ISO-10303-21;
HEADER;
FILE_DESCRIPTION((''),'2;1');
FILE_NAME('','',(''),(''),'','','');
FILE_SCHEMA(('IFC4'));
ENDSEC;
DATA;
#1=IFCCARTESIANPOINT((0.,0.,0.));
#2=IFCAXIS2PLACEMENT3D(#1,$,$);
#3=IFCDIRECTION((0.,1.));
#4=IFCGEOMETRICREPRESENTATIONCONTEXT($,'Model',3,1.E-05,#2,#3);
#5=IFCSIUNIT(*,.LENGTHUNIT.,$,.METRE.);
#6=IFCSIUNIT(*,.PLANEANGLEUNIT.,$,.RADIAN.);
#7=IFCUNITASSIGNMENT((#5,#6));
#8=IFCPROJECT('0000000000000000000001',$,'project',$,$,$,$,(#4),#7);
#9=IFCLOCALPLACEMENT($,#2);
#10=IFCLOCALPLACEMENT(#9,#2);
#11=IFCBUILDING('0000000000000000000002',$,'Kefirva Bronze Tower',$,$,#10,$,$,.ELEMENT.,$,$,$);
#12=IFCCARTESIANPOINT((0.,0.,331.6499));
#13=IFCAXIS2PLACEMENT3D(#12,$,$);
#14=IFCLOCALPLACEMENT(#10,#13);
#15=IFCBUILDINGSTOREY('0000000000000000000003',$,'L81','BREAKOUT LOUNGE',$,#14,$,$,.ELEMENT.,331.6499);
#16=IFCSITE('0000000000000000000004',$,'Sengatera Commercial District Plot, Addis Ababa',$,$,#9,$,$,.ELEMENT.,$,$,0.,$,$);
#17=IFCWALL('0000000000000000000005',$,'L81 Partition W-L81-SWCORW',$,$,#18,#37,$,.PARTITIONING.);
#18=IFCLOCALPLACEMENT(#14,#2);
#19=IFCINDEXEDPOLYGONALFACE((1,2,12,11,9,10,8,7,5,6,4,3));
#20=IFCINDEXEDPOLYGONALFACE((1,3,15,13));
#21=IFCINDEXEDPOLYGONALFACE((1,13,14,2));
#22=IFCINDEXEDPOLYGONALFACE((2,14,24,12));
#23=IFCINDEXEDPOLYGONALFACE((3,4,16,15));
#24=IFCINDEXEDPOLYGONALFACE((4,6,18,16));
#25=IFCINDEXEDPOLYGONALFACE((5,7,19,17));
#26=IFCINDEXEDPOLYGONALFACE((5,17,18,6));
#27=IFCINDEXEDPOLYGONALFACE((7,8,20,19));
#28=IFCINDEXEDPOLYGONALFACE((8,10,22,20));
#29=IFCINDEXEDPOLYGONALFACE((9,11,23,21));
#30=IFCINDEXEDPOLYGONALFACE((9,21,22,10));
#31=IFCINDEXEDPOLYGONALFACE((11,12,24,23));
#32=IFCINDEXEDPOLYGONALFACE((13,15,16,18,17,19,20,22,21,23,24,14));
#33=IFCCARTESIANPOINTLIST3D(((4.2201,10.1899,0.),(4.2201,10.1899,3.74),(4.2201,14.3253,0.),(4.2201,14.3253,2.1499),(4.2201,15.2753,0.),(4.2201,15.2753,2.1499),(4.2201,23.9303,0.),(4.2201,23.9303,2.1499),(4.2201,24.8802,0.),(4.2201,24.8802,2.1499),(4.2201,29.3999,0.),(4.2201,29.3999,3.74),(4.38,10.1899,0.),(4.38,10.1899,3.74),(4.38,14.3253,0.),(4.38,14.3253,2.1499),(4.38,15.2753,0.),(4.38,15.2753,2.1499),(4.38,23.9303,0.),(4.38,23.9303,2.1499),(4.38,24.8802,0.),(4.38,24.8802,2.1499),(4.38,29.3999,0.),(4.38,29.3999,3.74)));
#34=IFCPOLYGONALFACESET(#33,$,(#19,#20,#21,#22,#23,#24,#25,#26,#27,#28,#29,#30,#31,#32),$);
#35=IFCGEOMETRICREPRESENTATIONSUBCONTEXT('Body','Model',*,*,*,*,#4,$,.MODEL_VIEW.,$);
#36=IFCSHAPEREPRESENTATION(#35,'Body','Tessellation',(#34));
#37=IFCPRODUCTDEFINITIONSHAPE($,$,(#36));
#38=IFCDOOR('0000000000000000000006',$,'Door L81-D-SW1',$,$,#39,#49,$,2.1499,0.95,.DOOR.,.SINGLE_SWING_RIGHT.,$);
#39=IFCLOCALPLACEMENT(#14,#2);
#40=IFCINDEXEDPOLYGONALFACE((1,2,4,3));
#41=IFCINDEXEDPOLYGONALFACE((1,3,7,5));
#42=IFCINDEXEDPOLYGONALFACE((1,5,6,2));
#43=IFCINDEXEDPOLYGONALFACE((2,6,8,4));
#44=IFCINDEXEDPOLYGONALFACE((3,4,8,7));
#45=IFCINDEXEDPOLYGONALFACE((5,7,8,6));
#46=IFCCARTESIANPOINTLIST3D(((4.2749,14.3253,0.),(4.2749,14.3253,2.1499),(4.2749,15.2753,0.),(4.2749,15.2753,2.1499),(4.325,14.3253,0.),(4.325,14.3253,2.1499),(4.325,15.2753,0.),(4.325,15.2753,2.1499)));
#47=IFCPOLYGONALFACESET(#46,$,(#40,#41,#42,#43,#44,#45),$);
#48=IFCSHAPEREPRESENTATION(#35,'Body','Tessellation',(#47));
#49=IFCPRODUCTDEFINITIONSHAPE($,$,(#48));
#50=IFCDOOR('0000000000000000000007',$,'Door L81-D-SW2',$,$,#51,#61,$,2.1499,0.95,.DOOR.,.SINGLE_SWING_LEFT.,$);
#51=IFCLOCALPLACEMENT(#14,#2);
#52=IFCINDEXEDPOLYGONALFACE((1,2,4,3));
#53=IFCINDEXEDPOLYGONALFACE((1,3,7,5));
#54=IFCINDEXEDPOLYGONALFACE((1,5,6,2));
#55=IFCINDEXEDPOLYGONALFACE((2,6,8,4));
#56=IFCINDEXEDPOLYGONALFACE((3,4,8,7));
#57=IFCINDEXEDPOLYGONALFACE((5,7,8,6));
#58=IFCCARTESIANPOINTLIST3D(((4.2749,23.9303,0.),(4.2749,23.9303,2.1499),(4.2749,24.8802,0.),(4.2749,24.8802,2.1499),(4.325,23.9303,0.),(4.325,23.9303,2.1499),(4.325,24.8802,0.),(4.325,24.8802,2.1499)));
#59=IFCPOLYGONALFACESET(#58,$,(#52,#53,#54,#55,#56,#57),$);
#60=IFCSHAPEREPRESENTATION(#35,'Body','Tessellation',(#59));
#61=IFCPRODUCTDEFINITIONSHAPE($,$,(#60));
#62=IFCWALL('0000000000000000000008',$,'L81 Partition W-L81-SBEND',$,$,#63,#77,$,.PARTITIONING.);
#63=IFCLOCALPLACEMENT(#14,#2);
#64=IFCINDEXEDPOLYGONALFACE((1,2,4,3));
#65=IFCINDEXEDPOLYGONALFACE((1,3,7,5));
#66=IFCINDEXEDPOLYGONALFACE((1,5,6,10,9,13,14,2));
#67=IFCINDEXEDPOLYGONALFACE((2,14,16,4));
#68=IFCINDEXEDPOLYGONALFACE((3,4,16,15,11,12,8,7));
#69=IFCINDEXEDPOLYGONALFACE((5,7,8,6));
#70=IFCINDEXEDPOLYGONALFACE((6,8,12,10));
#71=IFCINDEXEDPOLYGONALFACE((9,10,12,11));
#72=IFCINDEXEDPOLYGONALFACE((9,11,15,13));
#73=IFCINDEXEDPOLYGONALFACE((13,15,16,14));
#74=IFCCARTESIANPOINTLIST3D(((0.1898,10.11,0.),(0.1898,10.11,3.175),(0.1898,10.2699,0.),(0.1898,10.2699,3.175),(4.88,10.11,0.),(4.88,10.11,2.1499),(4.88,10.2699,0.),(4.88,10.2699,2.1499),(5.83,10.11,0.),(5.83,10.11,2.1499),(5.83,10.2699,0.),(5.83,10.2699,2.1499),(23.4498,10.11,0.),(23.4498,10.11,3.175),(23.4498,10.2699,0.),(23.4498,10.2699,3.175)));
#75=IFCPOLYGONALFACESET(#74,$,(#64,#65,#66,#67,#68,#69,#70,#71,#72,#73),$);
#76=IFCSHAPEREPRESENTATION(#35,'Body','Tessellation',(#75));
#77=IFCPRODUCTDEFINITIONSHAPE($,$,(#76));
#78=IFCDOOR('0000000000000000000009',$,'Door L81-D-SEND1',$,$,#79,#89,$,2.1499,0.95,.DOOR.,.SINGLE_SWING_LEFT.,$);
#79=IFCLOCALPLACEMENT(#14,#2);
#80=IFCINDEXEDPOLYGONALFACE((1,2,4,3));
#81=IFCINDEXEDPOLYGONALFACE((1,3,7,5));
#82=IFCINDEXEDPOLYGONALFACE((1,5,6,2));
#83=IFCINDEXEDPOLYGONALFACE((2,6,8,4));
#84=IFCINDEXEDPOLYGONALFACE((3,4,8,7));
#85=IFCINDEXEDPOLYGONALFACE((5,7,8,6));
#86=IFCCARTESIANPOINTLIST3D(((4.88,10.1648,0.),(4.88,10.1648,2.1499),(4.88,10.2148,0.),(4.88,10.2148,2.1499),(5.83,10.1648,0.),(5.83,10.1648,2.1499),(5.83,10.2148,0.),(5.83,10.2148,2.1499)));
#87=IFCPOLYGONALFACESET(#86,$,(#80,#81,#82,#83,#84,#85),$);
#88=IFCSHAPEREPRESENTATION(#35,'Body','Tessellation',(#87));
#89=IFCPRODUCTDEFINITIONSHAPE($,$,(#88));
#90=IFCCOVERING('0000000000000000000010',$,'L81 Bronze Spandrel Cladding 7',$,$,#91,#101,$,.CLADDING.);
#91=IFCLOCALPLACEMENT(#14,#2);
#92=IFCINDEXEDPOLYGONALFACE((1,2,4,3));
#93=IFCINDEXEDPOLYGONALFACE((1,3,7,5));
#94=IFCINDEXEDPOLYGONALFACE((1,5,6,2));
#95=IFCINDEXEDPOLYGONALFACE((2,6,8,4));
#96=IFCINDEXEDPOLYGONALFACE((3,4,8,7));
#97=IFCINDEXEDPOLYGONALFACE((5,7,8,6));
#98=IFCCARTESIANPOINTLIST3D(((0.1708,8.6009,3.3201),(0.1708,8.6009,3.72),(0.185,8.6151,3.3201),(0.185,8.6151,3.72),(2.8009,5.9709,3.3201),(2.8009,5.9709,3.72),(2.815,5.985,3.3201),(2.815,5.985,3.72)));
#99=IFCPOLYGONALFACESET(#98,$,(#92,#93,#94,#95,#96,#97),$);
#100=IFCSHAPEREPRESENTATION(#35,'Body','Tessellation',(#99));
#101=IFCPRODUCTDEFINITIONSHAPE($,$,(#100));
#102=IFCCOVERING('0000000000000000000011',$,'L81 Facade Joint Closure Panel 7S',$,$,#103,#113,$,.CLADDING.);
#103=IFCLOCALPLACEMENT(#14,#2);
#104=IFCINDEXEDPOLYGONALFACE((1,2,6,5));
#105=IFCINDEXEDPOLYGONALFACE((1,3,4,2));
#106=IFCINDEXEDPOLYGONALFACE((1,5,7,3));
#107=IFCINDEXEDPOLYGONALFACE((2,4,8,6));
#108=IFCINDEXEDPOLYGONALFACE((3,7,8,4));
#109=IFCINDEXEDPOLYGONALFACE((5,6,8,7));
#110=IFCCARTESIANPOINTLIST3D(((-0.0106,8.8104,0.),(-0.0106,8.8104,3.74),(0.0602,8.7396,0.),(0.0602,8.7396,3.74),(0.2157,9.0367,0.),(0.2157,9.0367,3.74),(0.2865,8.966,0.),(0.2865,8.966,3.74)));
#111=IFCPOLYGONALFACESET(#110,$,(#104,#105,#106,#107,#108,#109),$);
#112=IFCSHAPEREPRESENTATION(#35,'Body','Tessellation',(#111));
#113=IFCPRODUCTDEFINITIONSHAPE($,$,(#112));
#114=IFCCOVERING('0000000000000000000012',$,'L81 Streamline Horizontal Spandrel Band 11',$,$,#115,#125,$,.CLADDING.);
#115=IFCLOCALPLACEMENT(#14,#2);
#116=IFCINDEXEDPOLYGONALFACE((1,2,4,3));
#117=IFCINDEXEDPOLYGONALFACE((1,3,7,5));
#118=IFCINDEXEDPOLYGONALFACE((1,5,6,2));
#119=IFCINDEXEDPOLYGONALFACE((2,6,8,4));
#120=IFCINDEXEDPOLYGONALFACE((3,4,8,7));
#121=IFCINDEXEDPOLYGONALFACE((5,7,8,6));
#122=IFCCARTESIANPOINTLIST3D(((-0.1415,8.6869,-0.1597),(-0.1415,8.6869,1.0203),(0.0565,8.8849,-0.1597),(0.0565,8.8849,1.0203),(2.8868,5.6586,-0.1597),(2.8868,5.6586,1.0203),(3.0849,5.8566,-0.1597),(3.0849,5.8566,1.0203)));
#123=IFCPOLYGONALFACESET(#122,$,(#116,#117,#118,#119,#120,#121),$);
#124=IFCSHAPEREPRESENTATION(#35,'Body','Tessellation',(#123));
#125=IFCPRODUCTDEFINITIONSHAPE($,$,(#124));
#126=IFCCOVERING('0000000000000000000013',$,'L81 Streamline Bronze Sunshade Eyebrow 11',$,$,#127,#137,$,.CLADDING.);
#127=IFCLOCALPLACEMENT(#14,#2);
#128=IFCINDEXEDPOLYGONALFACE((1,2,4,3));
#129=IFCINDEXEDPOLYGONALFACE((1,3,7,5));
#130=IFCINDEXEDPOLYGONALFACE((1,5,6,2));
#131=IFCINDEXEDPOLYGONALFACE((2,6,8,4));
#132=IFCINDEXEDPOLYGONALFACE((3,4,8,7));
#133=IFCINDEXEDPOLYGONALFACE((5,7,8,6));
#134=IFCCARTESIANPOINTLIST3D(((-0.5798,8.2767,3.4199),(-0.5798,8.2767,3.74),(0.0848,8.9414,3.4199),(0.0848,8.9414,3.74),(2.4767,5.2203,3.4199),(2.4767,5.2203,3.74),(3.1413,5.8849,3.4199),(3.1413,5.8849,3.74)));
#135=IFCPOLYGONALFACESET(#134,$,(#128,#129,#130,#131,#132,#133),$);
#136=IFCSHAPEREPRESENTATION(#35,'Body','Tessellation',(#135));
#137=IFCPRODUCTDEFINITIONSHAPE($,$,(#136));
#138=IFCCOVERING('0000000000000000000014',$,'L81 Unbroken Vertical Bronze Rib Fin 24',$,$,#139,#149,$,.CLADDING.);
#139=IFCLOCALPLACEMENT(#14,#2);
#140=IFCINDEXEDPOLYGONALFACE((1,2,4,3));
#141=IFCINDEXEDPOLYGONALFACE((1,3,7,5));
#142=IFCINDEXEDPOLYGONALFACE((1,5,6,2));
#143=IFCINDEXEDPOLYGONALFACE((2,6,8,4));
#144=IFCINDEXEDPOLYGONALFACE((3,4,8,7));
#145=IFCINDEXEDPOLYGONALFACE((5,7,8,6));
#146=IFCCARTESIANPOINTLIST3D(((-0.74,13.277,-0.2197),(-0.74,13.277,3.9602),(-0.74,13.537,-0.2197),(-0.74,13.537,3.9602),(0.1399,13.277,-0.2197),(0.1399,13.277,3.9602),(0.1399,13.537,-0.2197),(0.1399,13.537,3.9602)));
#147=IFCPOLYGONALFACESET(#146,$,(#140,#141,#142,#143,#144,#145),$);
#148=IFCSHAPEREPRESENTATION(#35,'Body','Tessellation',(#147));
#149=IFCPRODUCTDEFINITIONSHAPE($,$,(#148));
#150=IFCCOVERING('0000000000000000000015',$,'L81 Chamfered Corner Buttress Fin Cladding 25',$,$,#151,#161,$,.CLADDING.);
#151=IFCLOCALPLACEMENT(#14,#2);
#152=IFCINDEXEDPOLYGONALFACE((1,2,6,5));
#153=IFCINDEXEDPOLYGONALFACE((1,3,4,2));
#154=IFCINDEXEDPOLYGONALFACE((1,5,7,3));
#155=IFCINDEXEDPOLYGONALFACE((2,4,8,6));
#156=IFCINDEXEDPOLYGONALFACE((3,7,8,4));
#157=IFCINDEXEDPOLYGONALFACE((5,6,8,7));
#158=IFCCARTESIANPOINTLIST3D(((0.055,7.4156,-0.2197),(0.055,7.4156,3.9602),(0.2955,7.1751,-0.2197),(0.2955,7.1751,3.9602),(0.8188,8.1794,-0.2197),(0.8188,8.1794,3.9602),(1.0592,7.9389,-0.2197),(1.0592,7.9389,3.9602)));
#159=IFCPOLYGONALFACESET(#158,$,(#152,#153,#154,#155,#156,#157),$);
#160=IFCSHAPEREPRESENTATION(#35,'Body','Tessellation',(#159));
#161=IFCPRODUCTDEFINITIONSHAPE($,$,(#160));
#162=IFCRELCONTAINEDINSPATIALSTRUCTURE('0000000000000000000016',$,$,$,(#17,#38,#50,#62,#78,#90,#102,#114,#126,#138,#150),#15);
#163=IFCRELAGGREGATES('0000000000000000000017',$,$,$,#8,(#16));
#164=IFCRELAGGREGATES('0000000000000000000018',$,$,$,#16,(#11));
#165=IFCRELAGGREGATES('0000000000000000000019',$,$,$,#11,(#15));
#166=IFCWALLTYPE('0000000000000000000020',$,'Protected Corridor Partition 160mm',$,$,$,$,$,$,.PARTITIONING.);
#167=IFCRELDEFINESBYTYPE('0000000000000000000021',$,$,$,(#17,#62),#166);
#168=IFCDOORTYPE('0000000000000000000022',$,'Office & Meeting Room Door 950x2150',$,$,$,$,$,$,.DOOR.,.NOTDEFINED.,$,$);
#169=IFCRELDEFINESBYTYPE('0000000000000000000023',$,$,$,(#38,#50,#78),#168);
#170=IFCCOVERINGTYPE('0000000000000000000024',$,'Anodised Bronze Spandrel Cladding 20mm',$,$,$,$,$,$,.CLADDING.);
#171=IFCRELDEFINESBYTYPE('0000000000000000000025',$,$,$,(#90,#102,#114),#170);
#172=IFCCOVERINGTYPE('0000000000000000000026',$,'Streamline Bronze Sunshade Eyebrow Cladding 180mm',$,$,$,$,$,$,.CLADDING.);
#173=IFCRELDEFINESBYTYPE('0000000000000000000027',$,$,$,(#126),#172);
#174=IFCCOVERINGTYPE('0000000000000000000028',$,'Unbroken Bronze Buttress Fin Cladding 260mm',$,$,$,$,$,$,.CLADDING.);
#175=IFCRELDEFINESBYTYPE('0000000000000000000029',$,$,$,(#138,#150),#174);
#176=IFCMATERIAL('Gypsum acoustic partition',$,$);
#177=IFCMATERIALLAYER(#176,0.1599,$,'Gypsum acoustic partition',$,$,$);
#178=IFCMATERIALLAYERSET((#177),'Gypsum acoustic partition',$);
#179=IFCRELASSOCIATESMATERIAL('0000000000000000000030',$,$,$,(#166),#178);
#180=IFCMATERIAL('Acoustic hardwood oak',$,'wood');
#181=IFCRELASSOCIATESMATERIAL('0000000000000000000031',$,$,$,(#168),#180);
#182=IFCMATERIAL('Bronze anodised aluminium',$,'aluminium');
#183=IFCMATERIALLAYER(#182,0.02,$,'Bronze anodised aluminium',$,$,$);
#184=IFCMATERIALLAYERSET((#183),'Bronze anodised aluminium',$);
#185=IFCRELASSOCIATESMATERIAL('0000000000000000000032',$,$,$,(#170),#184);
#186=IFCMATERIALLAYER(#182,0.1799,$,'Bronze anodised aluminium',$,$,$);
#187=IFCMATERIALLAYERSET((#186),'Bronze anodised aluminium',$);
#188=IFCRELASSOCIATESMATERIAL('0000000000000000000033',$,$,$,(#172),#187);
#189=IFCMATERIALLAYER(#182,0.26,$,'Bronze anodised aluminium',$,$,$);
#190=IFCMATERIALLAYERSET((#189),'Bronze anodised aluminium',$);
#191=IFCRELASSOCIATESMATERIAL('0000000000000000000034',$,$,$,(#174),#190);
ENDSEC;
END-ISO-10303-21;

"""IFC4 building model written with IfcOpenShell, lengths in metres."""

from ifc_helpers import new_model, si_unit, direction, frame, frame_2d, origin, origin_2d, place, context, subcontext, project, spatial, rectangle, extrude, material, layer, layer_set, type_object, element, fill, save


model = new_model("IFC4")

# Units and contexts
model_context = context("Model", 3, precision=1e-05, world=origin(), true_north=direction((0.0, 1.0)))
body_context = subcontext(model_context, "Body", "Model", "MODEL_VIEW")
ifc_project = project(units=[si_unit("LENGTHUNIT", "METRE"), si_unit("PLANEANGLEUNIT", "RADIAN")], contexts=[model_context])

# Site, building, storey
site_placement = place(None, origin())
site = spatial("IfcSite", under=ifc_project, at=site_placement, Name="Sengatera Commercial District Plot, Addis Ababa", CompositionType="ELEMENT", RefElevation=0.0)
building_placement = place(site_placement, origin())
building = spatial("IfcBuilding", under=site, at=building_placement, Name="Kefirva Bronze Tower", CompositionType="ELEMENT")
storey_placement = place(building_placement, frame((0.0, 0.0, 331.6499)))
storey = spatial("IfcBuildingStorey", under=building, at=storey_placement, Name="L81", Description="BREAKOUT LOUNGE", CompositionType="ELEMENT", Elevation=331.6499)

# Shared definitions
ifc_material_1 = material(Name="Bronze anodised aluminium", Category="aluminium")

# Shared definitions
ifc_material_2 = material(Name="Gypsum acoustic partition")

# Wall, openings, doors
ifc_layer_1 = layer(ifc_material_2, 0.1599, Name="Gypsum acoustic partition")
ifc_layer_set_1 = layer_set([ifc_layer_1], Name="Gypsum acoustic partition")
wall_type_1 = type_object("IfcWallType", Name="Protected Corridor Partition 160mm", PredefinedType="PARTITIONING", material=ifc_layer_set_1)
wall_1_placement = place(storey_placement, frame((4.3, 10.1899, 0.0), z_axis=(0.0, 0.0, 1.0), x_axis=(0.0, 1.0, 0.0)))
wall_1 = element("IfcWall", 1, at=wall_1_placement, inside=storey, type_object=wall_type_1, Name="L81 Partition W-L81-SWCORW", PredefinedType="PARTITIONING", context=body_context, shape_type="SweptSolid", body=[
    extrude(rectangle(XDim=19.21, YDim=0.1599, at=frame_2d((9.605, 0.0))), origin(), (0.0, 0.0, 1.0), 3.74),
])
opening_1_placement = place(wall_1_placement, frame((5.0854, 0.0, 0.0), z_axis=(0.0, 0.0, 1.0), x_axis=(-1.0, 0.0, 0.0)))
opening_1 = element("IfcOpeningElement", 2, at=opening_1_placement, cuts=wall_1, PredefinedType="OPENING", context=body_context, shape_type="SweptSolid", body=[
    extrude(rectangle(XDim=0.95, YDim=2.1499, at=frame_2d((0.4751, 1.075))), frame((0.0, 0.0898, 0.0), z_axis=(0.0, -1.0, 0.0), x_axis=(1.0, 0.0, 0.0)), (0.0, 0.0, 1.0), 0.1799),
])
opening_2_placement = place(wall_1_placement, frame((14.6904, 0.0, 0.0), z_axis=(0.0, 0.0, 1.0), x_axis=(-1.0, 0.0, 0.0)))
opening_2 = element("IfcOpeningElement", 3, at=opening_2_placement, cuts=wall_1, PredefinedType="OPENING", context=body_context, shape_type="SweptSolid", body=[
    extrude(rectangle(XDim=0.95, YDim=2.1499, at=frame_2d((0.4751, 1.075))), frame((0.0, 0.0898, 0.0), z_axis=(0.0, -1.0, 0.0), x_axis=(1.0, 0.0, 0.0)), (0.0, 0.0, 1.0), 0.1799),
])
ifc_material_3 = material(Name="Acoustic hardwood oak", Category="wood")
door_type = type_object("IfcDoorType", Name="Office & Meeting Room Door 950x2150", OperationType="NOTDEFINED", PredefinedType="DOOR", material=ifc_material_3)
door_1_placement = place(opening_1_placement, origin())
door_1 = element("IfcDoor", 4, at=door_1_placement, inside=storey, type_object=door_type, Name="Door L81-D-SW1", OperationType="SINGLE_SWING_RIGHT", OverallHeight=2.1499, OverallWidth=0.95, PredefinedType="DOOR", context=body_context, shape_type="SweptSolid", body=[
    extrude(rectangle(XDim=0.95, YDim=2.1499, at=frame_2d((0.4751, 1.075))), frame((0.0, 0.0249, 0.0), z_axis=(0.0, -1.0, 0.0), x_axis=(1.0, 0.0, 0.0)), (0.0, 0.0, 1.0), 0.05),
])
fill(opening_1, door_1)
door_2_placement = place(opening_2_placement, origin())
door_2 = element("IfcDoor", 5, at=door_2_placement, inside=storey, type_object=door_type, Name="Door L81-D-SW2", OperationType="SINGLE_SWING_LEFT", OverallHeight=2.1499, OverallWidth=0.95, PredefinedType="DOOR", context=body_context, shape_type="SweptSolid", body=[
    extrude(rectangle(XDim=0.95, YDim=2.1499, at=frame_2d((0.4751, 1.075))), frame((0.0, 0.0249, 0.0), z_axis=(0.0, -1.0, 0.0), x_axis=(1.0, 0.0, 0.0)), (0.0, 0.0, 1.0), 0.05),
])
fill(opening_2, door_2)

# Wall, opening, door
wall_2_placement = place(storey_placement, frame((0.1899, 10.1899, 0.0), z_axis=(0.0, 0.0, 1.0), x_axis=(1.0, 0.0, 0.0)))
wall_2 = element("IfcWall", 6, at=wall_2_placement, inside=storey, type_object=wall_type_1, Name="L81 Partition W-L81-SBEND", PredefinedType="PARTITIONING", context=body_context, shape_type="SweptSolid", body=[
    extrude(rectangle(XDim=23.26, YDim=0.1599, at=frame_2d((11.6299, 0.0))), origin(), (0.0, 0.0, 1.0), 3.175),
])
opening_3_placement = place(wall_2_placement, frame((4.6899, 0.0, 0.0)))
opening_3 = element("IfcOpeningElement", 7, at=opening_3_placement, cuts=wall_2, PredefinedType="OPENING", context=body_context, shape_type="SweptSolid", body=[
    extrude(rectangle(XDim=0.95, YDim=2.1499, at=frame_2d((0.4751, 1.075))), frame((0.0, 0.0898, 0.0), z_axis=(0.0, -1.0, 0.0), x_axis=(1.0, 0.0, 0.0)), (0.0, 0.0, 1.0), 0.1799),
])
door_3_placement = place(opening_3_placement, origin())
door_3 = element("IfcDoor", 8, at=door_3_placement, inside=storey, type_object=door_type, Name="Door L81-D-SEND1", OperationType="SINGLE_SWING_LEFT", OverallHeight=2.1499, OverallWidth=0.95, PredefinedType="DOOR", context=body_context, shape_type="SweptSolid", body=[
    extrude(rectangle(XDim=0.95, YDim=2.1499, at=frame_2d((0.4751, 1.075))), frame((0.0, 0.0249, 0.0), z_axis=(0.0, -1.0, 0.0), x_axis=(1.0, 0.0, 0.0)), (0.0, 0.0, 1.0), 0.05),
])
fill(opening_3, door_3)

# Coverings
ifc_layer_2 = layer(ifc_material_1, 0.02, Name="Bronze anodised aluminium")
ifc_layer_set_2 = layer_set([ifc_layer_2], Name="Bronze anodised aluminium")
covering_type_1 = type_object("IfcCoveringType", Name="Anodised Bronze Spandrel Cladding 20mm", PredefinedType="CLADDING", material=ifc_layer_set_2)
covering_1_placement = place(storey_placement, frame((1.4929, 7.293, 3.3201), z_axis=(0.0, 0.0, 1.0), x_axis=(0.707107, -0.707107, 0.0)))
element("IfcCovering", 9, at=covering_1_placement, inside=storey, type_object=covering_type_1, Name="L81 Bronze Spandrel Cladding 7", PredefinedType="CLADDING", context=body_context, shape_type="SweptSolid", body=[
    extrude(rectangle(XDim=3.7195, YDim=0.02, at=origin_2d()), origin(), (0.0, 0.0, 1.0), 0.3999),
])
covering_2_placement = place(storey_placement, frame((0.1379, 8.8882, 0.0), z_axis=(0.0, 0.0, 1.0), x_axis=(0.707107, -0.707107, 0.0)))
element("IfcCovering", 10, at=covering_2_placement, inside=storey, type_object=covering_type_1, Name="L81 Facade Joint Closure Panel 7S", PredefinedType="CLADDING", context=body_context, shape_type="SweptSolid", body=[
    extrude(rectangle(XDim=0.1001, YDim=0.3201, at=origin_2d()), origin(), (0.0, 0.0, 1.0), 3.74),
])
covering_3_placement = place(storey_placement, frame((1.4717, 7.2717, -0.1597), z_axis=(0.0, 0.0, 1.0), x_axis=(0.707107, -0.707107, 0.0)))
element("IfcCovering", 11, at=covering_3_placement, inside=storey, type_object=covering_type_1, Name="L81 Streamline Horizontal Spandrel Band 11", PredefinedType="CLADDING", context=body_context, shape_type="SweptSolid", body=[
    extrude(rectangle(XDim=4.2827, YDim=0.28, at=origin_2d()), origin(), (0.0, 0.0, 1.0), 1.1799),
])
ifc_layer_3 = layer(ifc_material_1, 0.1799, Name="Bronze anodised aluminium")
ifc_layer_set_3 = layer_set([ifc_layer_3], Name="Bronze anodised aluminium")
covering_type_2 = type_object("IfcCoveringType", Name="Streamline Bronze Sunshade Eyebrow Cladding 180mm", PredefinedType="CLADDING", material=ifc_layer_set_3)
covering_4_placement = place(storey_placement, frame((1.2808, 7.0808, 3.4199), z_axis=(0.0, 0.0, 1.0), x_axis=(0.707107, -0.707107, 0.0)))
element("IfcCovering", 12, at=covering_4_placement, inside=storey, type_object=covering_type_2, Name="L81 Streamline Bronze Sunshade Eyebrow 11", PredefinedType="CLADDING", context=body_context, shape_type="SweptSolid", body=[
    extrude(rectangle(XDim=4.3225, YDim=0.9399, at=origin_2d()), origin(), (0.0, 0.0, 1.0), 0.3201),
])
ifc_layer_4 = layer(ifc_material_1, 0.26, Name="Bronze anodised aluminium")
ifc_layer_set_4 = layer_set([ifc_layer_4], Name="Bronze anodised aluminium")
covering_type_3 = type_object("IfcCoveringType", Name="Unbroken Bronze Buttress Fin Cladding 260mm", PredefinedType="CLADDING", material=ifc_layer_set_4)
covering_5_placement = place(storey_placement, frame((-0.3, 13.407, -0.2197), z_axis=(0.0, 0.0, 1.0), x_axis=(0.0, -1.0, 0.0)))
element("IfcCovering", 13, at=covering_5_placement, inside=storey, type_object=covering_type_3, Name="L81 Unbroken Vertical Bronze Rib Fin 24", PredefinedType="CLADDING", context=body_context, shape_type="SweptSolid", body=[
    extrude(rectangle(XDim=0.26, YDim=0.8799, at=origin_2d()), origin(), (0.0, 0.0, 1.0), 4.1799),
])
covering_6_placement = place(storey_placement, frame((0.5571, 7.6772, -0.2197), z_axis=(0.0, 0.0, 1.0), x_axis=(0.707107, -0.707107, 0.0)))
element("IfcCovering", 14, at=covering_6_placement, inside=storey, type_object=covering_type_3, Name="L81 Chamfered Corner Buttress Fin Cladding 25", PredefinedType="CLADDING", context=body_context, shape_type="SweptSolid", body=[
    extrude(rectangle(XDim=0.3401, YDim=1.0801, at=origin_2d()), origin(), (0.0, 0.0, 1.0), 4.1799),
])

save(model, "model.ifc")
